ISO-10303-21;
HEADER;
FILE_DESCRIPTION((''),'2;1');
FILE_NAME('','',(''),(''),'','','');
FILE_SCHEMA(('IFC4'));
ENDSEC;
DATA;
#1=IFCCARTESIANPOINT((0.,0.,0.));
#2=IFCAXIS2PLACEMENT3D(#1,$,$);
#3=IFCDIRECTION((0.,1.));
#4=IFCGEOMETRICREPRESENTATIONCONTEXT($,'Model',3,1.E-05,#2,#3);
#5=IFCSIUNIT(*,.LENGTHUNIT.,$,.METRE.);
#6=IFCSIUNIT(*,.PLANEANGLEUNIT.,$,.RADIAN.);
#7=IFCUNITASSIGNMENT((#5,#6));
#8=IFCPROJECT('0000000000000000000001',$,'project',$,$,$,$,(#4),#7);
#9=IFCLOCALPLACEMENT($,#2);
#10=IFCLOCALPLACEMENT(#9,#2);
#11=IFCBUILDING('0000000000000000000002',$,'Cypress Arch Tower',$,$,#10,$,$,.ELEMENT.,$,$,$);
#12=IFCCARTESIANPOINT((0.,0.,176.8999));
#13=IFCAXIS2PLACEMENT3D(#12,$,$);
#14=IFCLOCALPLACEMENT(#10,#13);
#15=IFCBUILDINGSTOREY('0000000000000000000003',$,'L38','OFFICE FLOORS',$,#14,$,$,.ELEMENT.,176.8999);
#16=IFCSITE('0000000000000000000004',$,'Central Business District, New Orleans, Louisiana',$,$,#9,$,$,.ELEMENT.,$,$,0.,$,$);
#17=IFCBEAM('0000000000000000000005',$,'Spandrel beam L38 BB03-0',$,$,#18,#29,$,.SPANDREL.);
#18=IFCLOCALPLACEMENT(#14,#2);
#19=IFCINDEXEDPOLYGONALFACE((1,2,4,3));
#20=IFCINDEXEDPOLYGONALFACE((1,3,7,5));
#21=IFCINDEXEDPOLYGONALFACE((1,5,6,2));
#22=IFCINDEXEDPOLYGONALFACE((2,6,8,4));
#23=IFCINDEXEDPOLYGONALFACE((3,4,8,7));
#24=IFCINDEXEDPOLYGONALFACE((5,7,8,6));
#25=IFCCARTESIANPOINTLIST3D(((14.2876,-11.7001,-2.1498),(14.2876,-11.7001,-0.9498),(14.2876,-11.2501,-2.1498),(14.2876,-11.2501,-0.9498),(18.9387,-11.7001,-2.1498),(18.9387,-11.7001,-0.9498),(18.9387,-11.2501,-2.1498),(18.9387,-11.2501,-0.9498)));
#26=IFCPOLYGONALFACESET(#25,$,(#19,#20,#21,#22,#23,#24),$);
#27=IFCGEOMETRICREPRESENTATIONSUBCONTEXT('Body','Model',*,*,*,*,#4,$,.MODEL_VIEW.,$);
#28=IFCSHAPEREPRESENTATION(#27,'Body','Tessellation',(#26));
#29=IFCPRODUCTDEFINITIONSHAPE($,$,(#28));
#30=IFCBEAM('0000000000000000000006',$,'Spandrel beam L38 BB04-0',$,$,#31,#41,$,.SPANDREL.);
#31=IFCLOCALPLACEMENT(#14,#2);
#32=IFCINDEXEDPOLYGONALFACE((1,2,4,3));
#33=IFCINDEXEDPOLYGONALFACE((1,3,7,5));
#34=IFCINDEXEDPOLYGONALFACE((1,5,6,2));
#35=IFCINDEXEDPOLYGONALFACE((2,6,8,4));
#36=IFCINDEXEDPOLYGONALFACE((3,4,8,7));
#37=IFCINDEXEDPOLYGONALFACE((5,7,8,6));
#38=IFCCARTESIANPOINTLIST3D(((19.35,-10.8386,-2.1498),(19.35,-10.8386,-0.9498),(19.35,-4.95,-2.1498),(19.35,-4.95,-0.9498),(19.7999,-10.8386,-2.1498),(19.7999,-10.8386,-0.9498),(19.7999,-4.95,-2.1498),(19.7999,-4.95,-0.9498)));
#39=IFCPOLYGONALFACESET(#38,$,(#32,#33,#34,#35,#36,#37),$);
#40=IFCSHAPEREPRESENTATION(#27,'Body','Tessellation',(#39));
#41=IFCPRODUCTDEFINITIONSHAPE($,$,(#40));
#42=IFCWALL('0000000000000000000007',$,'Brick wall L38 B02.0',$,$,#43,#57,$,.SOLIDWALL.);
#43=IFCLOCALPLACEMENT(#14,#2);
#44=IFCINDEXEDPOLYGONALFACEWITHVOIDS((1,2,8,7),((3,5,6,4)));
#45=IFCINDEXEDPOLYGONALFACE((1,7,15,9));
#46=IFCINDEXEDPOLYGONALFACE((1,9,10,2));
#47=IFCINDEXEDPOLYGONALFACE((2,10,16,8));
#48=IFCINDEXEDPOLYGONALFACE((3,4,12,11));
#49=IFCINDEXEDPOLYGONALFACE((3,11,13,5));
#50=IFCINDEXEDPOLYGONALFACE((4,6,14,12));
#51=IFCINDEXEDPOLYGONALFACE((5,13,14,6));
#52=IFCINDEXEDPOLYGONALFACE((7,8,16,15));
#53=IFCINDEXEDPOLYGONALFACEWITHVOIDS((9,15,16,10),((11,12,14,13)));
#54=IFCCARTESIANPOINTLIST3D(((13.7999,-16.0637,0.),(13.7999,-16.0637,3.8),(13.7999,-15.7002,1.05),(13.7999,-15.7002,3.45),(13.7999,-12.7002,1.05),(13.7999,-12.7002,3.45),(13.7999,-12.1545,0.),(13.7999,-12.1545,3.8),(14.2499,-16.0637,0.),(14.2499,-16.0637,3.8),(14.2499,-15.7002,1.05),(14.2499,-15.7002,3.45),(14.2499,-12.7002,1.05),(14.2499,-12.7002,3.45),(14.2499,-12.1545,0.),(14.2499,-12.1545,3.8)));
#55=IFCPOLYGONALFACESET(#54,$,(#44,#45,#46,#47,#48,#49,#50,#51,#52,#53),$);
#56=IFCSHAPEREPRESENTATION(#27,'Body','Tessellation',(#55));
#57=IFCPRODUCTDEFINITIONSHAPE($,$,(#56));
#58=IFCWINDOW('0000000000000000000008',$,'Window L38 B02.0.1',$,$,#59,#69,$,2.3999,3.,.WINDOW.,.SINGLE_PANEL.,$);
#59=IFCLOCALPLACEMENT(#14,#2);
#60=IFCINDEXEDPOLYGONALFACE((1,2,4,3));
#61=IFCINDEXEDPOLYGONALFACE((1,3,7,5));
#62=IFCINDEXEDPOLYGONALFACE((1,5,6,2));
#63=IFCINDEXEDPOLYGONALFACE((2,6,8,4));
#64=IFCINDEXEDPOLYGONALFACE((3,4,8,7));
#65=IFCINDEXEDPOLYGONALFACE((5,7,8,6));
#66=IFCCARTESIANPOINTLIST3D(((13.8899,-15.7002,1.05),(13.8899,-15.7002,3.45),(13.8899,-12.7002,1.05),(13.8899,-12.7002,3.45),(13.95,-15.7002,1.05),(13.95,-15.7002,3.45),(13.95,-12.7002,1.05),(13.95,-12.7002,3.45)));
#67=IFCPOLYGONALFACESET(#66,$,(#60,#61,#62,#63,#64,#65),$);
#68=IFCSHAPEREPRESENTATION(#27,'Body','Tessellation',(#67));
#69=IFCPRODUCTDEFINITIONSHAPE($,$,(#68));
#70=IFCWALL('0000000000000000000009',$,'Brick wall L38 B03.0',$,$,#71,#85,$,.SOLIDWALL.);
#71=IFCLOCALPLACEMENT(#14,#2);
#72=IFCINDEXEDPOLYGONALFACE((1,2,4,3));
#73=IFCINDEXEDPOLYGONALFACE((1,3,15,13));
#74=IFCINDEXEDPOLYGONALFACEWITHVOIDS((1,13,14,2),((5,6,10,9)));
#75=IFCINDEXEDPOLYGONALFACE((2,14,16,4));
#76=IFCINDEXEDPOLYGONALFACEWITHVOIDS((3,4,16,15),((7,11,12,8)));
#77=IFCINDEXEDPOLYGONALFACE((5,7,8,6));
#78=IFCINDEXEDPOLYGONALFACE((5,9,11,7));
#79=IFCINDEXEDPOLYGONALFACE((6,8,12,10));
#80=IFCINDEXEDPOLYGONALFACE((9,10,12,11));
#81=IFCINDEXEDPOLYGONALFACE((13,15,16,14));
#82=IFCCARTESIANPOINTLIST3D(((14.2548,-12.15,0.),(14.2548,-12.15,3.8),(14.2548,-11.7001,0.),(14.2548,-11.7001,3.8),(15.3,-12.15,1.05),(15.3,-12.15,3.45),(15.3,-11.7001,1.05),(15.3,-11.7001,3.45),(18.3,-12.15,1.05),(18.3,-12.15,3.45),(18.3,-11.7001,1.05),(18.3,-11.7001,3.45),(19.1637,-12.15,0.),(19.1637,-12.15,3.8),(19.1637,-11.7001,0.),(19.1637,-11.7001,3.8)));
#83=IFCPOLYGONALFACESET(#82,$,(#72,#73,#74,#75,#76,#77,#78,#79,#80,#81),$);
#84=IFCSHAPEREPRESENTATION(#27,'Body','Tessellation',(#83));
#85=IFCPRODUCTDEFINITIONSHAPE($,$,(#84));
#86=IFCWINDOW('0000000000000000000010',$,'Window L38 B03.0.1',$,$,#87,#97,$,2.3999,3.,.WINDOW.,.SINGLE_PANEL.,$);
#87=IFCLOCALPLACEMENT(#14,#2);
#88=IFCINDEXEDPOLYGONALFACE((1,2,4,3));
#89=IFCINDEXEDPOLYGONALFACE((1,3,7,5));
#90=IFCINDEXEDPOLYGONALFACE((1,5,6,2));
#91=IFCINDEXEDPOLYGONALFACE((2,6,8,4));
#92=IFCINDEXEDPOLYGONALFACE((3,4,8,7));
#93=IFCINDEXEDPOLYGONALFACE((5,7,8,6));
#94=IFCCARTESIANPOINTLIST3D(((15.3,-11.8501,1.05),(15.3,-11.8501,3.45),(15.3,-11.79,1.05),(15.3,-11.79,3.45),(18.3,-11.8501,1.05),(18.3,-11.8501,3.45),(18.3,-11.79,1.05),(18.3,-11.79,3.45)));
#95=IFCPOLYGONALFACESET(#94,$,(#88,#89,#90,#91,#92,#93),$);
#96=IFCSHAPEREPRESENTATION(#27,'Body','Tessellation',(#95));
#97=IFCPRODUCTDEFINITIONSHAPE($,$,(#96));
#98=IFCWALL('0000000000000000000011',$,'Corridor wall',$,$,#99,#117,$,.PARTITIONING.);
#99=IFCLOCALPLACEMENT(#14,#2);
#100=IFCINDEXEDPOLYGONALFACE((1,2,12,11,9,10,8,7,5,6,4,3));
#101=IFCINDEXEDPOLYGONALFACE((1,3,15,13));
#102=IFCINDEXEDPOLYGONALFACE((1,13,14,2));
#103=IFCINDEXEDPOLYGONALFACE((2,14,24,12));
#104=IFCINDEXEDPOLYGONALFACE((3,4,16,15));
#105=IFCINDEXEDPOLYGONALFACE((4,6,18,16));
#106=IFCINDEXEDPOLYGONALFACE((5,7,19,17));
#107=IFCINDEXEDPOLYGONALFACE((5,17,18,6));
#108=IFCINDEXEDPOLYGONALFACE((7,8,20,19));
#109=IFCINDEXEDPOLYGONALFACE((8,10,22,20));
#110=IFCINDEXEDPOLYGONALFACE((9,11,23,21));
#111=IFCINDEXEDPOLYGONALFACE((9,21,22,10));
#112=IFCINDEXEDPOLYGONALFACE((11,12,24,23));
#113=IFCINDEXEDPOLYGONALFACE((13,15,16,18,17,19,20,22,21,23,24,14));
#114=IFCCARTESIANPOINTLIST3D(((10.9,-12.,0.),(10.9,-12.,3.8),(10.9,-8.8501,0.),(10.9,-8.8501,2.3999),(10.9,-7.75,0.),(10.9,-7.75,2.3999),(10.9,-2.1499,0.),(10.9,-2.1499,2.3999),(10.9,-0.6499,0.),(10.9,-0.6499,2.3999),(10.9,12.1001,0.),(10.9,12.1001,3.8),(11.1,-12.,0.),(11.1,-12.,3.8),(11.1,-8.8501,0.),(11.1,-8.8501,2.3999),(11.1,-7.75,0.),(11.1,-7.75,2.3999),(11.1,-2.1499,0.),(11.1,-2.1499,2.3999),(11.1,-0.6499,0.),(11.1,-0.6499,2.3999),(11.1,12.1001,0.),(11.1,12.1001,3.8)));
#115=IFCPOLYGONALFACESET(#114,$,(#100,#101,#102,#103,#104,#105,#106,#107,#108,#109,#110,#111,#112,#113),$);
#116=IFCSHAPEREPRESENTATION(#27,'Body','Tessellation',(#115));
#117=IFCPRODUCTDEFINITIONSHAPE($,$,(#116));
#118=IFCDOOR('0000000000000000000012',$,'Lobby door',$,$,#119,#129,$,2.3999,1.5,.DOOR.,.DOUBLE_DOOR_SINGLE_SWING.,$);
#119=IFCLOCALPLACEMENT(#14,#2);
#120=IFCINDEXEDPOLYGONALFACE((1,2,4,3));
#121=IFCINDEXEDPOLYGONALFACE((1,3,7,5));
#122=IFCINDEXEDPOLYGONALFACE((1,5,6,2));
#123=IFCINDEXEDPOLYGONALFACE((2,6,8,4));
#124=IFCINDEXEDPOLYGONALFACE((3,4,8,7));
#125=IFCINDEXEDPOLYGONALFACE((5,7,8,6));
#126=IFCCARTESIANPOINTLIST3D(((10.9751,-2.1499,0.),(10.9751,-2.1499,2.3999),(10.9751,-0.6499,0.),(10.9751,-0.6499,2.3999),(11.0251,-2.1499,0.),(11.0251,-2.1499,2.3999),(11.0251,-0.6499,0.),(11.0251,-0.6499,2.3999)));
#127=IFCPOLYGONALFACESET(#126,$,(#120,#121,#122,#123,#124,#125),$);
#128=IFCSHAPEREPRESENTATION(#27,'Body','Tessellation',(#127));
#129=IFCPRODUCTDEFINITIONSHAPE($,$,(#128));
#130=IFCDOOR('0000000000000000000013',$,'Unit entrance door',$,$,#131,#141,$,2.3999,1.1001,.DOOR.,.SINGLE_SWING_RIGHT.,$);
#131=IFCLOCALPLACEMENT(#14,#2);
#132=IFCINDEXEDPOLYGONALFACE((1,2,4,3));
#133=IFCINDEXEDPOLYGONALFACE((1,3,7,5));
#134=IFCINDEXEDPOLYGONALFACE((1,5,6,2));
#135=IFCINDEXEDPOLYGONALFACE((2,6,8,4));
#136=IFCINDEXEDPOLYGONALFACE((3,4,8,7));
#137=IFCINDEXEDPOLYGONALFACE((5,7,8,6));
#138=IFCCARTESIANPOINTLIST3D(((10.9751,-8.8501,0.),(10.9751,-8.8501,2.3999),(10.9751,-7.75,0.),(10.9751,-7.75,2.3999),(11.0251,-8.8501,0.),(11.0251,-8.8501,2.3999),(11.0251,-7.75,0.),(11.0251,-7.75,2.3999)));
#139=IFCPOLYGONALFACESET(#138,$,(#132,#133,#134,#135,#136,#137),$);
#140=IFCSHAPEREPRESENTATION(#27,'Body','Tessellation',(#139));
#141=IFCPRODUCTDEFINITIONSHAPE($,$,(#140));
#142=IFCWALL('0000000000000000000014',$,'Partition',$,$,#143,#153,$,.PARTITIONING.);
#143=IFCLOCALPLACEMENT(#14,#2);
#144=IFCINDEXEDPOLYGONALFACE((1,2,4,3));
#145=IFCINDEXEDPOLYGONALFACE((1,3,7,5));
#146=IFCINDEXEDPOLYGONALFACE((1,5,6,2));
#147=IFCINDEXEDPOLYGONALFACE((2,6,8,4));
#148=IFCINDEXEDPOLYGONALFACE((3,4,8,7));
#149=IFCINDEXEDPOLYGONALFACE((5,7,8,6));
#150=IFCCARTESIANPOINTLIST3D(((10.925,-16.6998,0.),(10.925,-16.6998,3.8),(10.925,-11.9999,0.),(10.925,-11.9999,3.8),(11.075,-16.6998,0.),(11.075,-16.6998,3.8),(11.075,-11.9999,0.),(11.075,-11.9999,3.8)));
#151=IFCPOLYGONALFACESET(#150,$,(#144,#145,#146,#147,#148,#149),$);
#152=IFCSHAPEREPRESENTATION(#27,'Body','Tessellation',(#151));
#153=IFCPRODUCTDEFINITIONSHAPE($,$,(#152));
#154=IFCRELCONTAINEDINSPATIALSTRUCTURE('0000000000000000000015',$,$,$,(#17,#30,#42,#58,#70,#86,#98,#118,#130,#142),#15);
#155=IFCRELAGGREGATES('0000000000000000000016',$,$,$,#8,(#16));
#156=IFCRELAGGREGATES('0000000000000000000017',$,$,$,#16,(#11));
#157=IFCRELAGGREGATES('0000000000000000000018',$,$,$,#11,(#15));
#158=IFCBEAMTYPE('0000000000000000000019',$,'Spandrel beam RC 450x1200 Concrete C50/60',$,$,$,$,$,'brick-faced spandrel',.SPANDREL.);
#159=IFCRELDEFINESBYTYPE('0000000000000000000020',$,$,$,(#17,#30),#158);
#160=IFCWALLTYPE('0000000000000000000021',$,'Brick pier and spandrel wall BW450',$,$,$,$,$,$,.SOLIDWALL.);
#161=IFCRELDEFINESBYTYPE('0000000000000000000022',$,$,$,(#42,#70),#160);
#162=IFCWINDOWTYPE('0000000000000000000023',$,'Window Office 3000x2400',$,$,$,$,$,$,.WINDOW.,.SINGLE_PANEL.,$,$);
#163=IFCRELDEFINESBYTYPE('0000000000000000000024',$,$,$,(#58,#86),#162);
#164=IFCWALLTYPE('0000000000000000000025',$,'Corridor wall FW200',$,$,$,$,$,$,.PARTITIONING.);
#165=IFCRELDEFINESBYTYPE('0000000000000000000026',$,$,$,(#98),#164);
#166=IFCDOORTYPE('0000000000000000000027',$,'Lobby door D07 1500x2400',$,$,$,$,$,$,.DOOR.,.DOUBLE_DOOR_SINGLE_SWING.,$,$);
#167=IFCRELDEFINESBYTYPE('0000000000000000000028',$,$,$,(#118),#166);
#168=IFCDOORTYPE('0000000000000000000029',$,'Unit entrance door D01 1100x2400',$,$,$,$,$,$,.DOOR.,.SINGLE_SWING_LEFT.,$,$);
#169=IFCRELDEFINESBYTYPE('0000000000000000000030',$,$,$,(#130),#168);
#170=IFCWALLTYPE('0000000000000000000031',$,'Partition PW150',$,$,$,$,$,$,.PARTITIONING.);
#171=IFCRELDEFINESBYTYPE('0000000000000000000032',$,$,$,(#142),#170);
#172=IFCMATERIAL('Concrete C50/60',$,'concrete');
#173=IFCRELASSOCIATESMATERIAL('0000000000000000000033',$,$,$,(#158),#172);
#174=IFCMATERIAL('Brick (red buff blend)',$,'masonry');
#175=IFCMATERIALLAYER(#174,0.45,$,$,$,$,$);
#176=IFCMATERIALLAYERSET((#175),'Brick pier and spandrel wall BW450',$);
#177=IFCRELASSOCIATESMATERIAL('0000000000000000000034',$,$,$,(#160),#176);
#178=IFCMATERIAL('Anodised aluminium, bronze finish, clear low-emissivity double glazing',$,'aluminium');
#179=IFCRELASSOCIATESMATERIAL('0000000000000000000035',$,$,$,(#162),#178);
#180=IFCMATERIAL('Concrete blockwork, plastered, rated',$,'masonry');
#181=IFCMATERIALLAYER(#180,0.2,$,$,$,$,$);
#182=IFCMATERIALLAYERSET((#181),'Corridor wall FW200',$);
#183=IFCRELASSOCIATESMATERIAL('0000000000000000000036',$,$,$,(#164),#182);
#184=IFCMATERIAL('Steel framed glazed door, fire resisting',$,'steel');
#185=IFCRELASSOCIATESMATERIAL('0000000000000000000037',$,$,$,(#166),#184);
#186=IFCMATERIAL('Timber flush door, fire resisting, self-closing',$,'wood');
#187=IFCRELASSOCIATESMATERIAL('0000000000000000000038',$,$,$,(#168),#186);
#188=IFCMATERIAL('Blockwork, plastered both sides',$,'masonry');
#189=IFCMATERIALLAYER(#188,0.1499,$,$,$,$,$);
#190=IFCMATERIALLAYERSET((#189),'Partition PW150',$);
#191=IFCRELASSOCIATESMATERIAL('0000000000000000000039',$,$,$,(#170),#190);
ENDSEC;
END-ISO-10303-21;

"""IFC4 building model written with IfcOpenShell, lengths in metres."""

from ifc_helpers import new_model, si_unit, direction, frame, frame_2d, origin, origin_2d, place, context, subcontext, project, spatial, rectangle, extrude, material, layer, layer_set, material_profile, profile_set, type_object, element, fill, save


model = new_model("IFC4")

# Units and contexts
model_context = context("Model", 3, precision=1e-05, world=origin(), true_north=direction((0.0, 1.0)))
body_context = subcontext(model_context, "Body", "Model", "MODEL_VIEW")
ifc_project = project(units=[si_unit("LENGTHUNIT", "METRE"), si_unit("PLANEANGLEUNIT", "RADIAN")], contexts=[model_context])

# Site, building, storey
site_placement = place(None, origin())
site = spatial("IfcSite", under=ifc_project, at=site_placement, Name="Central Business District, New Orleans, Louisiana", CompositionType="ELEMENT", RefElevation=0.0)
building_placement = place(site_placement, origin())
building = spatial("IfcBuilding", under=site, at=building_placement, Name="Cypress Arch Tower", CompositionType="ELEMENT")
storey_placement = place(building_placement, frame((0.0, 0.0, 176.8999)))
storey = spatial("IfcBuildingStorey", under=building, at=storey_placement, Name="L38", Description="OFFICE FLOORS", CompositionType="ELEMENT", Elevation=176.8999)

# Beams
ifc_material_1 = material(Name="Concrete C50/60", Category="concrete")
ifc_material_profile_1 = material_profile(ifc_material_1, rectangle(XDim=0.45, YDim=1.2, at=origin_2d()), Name="RC 450x1200")
ifc_profile_set_1 = profile_set([ifc_material_profile_1], Name="Concrete C50/60")
beam_type_1 = type_object("IfcBeamType", Name="Spandrel beam RC 450x1200 Concrete C50/60", ElementType="brick-faced spandrel", PredefinedType="SPANDREL", material=ifc_profile_set_1)
beam_1_placement = place(storey_placement, frame((14.2876, -11.4751, -1.5498), z_axis=(1.0, 0.0, 0.0), x_axis=(0.0, 1.0, 0.0)))
element("IfcBeam", 1, at=beam_1_placement, inside=storey, type_object=beam_type_1, Name="Spandrel beam L38 BB03-0", PredefinedType="SPANDREL", context=body_context, shape_type="SweptSolid", body=[
    extrude(rectangle(XDim=0.45, YDim=1.2, at=origin_2d()), origin(), (0.0, 0.0, 1.0), 4.6511),
])
beam_2_placement = place(storey_placement, frame((19.575, -10.8386, -1.5498), z_axis=(0.0, 1.0, 0.0), x_axis=(-1.0, 0.0, 0.0)))
element("IfcBeam", 2, at=beam_2_placement, inside=storey, type_object=beam_type_1, Name="Spandrel beam L38 BB04-0", PredefinedType="SPANDREL", context=body_context, shape_type="SweptSolid", body=[
    extrude(rectangle(XDim=0.45, YDim=1.2, at=origin_2d()), origin(), (0.0, 0.0, 1.0), 5.8887),
])

# Walls, openings, windows
ifc_material_2 = material(Name="Brick (red buff blend)", Category="masonry")
ifc_layer_1 = layer(ifc_material_2, 0.45)
ifc_layer_set_1 = layer_set([ifc_layer_1], Name="Brick pier and spandrel wall BW450")
wall_type_1 = type_object("IfcWallType", Name="Brick pier and spandrel wall BW450", PredefinedType="SOLIDWALL", material=ifc_layer_set_1)
wall_1_placement = place(storey_placement, frame((14.0249, -16.0637, 0.0), z_axis=(0.0, 0.0, 1.0), x_axis=(0.0, 1.0, 0.0)))
wall_1 = element("IfcWall", 3, at=wall_1_placement, inside=storey, type_object=wall_type_1, Name="Brick wall L38 B02.0", PredefinedType="SOLIDWALL", context=body_context, shape_type="SweptSolid", body=[
    extrude(rectangle(XDim=3.9092, YDim=0.45, at=frame_2d((1.9546, 0.0))), origin(), (0.0, 0.0, 1.0), 3.8),
])
opening_1_placement = place(wall_1_placement, frame((0.3635, 0.0, 1.05)))
opening_1 = element("IfcOpeningElement", 4, at=opening_1_placement, cuts=wall_1, PredefinedType="OPENING", context=body_context, shape_type="SweptSolid", body=[
    extrude(rectangle(XDim=3.0, YDim=2.3999, at=frame_2d((1.5, 1.2))), frame((0.0, 0.2349, 0.0), z_axis=(0.0, -1.0, 0.0), x_axis=(1.0, 0.0, 0.0)), (0.0, 0.0, 1.0), 0.47),
])
ifc_material_3 = material(Name="Anodised aluminium, bronze finish, clear low-emissivity double glazing", Category="aluminium")
window_type = type_object("IfcWindowType", Name="Window Office 3000x2400", PartitioningType="SINGLE_PANEL", PredefinedType="WINDOW", material=ifc_material_3)
window_1_placement = place(opening_1_placement, origin())
window_1 = element("IfcWindow", 5, at=window_1_placement, inside=storey, type_object=window_type, Name="Window L38 B02.0.1", OverallHeight=2.3999, OverallWidth=3.0, PartitioningType="SINGLE_PANEL", PredefinedType="WINDOW", context=body_context, shape_type="SweptSolid", body=[
    extrude(rectangle(XDim=3.0, YDim=2.3999, at=frame_2d((1.5, 1.2))), frame((0.0, 0.135, 0.0), z_axis=(0.0, -1.0, 0.0), x_axis=(1.0, 0.0, 0.0)), (0.0, 0.0, 1.0), 0.0601),
])
fill(opening_1, window_1)
wall_2_placement = place(storey_placement, frame((14.2546, -11.925, 0.0), z_axis=(0.0, 0.0, 1.0), x_axis=(1.0, 0.0, 0.0)))
wall_2 = element("IfcWall", 6, at=wall_2_placement, inside=storey, type_object=wall_type_1, Name="Brick wall L38 B03.0", PredefinedType="SOLIDWALL", context=body_context, shape_type="SweptSolid", body=[
    extrude(rectangle(XDim=4.9089, YDim=0.45, at=frame_2d((2.4546, 0.0))), origin(), (0.0, 0.0, 1.0), 3.8),
])
opening_2_placement = place(wall_2_placement, frame((1.0454, 0.0, 1.05)))
opening_2 = element("IfcOpeningElement", 7, at=opening_2_placement, cuts=wall_2, PredefinedType="OPENING", context=body_context, shape_type="SweptSolid", body=[
    extrude(rectangle(XDim=3.0, YDim=2.3999, at=frame_2d((1.5, 1.2))), frame((0.0, 0.2349, 0.0), z_axis=(0.0, -1.0, 0.0), x_axis=(1.0, 0.0, 0.0)), (0.0, 0.0, 1.0), 0.47),
])
window_2_placement = place(opening_2_placement, origin())
window_2 = element("IfcWindow", 8, at=window_2_placement, inside=storey, type_object=window_type, Name="Window L38 B03.0.1", OverallHeight=2.3999, OverallWidth=3.0, PartitioningType="SINGLE_PANEL", PredefinedType="WINDOW", context=body_context, shape_type="SweptSolid", body=[
    extrude(rectangle(XDim=3.0, YDim=2.3999, at=frame_2d((1.5, 1.2))), frame((0.0, 0.135, 0.0), z_axis=(0.0, -1.0, 0.0), x_axis=(1.0, 0.0, 0.0)), (0.0, 0.0, 1.0), 0.0601),
])
fill(opening_2, window_2)

# Wall, openings, doors
ifc_material_4 = material(Name="Concrete blockwork, plastered, rated", Category="masonry")
ifc_layer_2 = layer(ifc_material_4, 0.2)
ifc_layer_set_2 = layer_set([ifc_layer_2], Name="Corridor wall FW200")
wall_type_2 = type_object("IfcWallType", Name="Corridor wall FW200", PredefinedType="PARTITIONING", material=ifc_layer_set_2)
wall_3_placement = place(storey_placement, frame((11.0, -12.0, 0.0), z_axis=(0.0, 0.0, 1.0), x_axis=(0.0, 1.0, 0.0)))
wall_3 = element("IfcWall", 9, at=wall_3_placement, inside=storey, type_object=wall_type_2, Name="Corridor wall", PredefinedType="PARTITIONING", context=body_context, shape_type="SweptSolid", body=[
    extrude(rectangle(XDim=24.1001, YDim=0.2, at=frame_2d((12.05, 0.0))), origin(), (0.0, 0.0, 1.0), 3.8),
])
opening_3_placement = place(wall_3_placement, frame((9.8501, 0.0, 0.0)))
opening_3 = element("IfcOpeningElement", 10, at=opening_3_placement, cuts=wall_3, PredefinedType="OPENING", context=body_context, shape_type="SweptSolid", body=[
    extrude(rectangle(XDim=1.5, YDim=2.3999, at=frame_2d((0.75, 1.2))), frame((0.0, 0.1099, 0.0), z_axis=(0.0, -1.0, 0.0), x_axis=(1.0, 0.0, 0.0)), (0.0, 0.0, 1.0), 0.22),
])
opening_4_placement = place(wall_3_placement, frame((3.1499, 0.0, 0.0)))
opening_4 = element("IfcOpeningElement", 11, at=opening_4_placement, cuts=wall_3, PredefinedType="OPENING", context=body_context, shape_type="SweptSolid", body=[
    extrude(rectangle(XDim=1.1001, YDim=2.3999, at=frame_2d((0.55, 1.2))), frame((0.0, 0.1099, 0.0), z_axis=(0.0, -1.0, 0.0), x_axis=(1.0, 0.0, 0.0)), (0.0, 0.0, 1.0), 0.22),
])
ifc_material_5 = material(Name="Steel framed glazed door, fire resisting", Category="steel")
door_type_1 = type_object("IfcDoorType", Name="Lobby door D07 1500x2400", OperationType="DOUBLE_DOOR_SINGLE_SWING", PredefinedType="DOOR", material=ifc_material_5)
door_1_placement = place(opening_3_placement, origin())
door_1 = element("IfcDoor", 12, at=door_1_placement, inside=storey, type_object=door_type_1, Name="Lobby door", OperationType="DOUBLE_DOOR_SINGLE_SWING", OverallHeight=2.3999, OverallWidth=1.5, PredefinedType="DOOR", context=body_context, shape_type="SweptSolid", body=[
    extrude(rectangle(XDim=1.5, YDim=2.3999, at=frame_2d((0.75, 1.2))), frame((0.0, 0.0249, 0.0), z_axis=(0.0, -1.0, 0.0), x_axis=(1.0, 0.0, 0.0)), (0.0, 0.0, 1.0), 0.05),
])
fill(opening_3, door_1)
ifc_material_6 = material(Name="Timber flush door, fire resisting, self-closing", Category="wood")
door_type_2 = type_object("IfcDoorType", Name="Unit entrance door D01 1100x2400", OperationType="SINGLE_SWING_LEFT", PredefinedType="DOOR", material=ifc_material_6)
door_2_placement = place(opening_4_placement, origin())
door_2 = element("IfcDoor", 13, at=door_2_placement, inside=storey, type_object=door_type_2, Name="Unit entrance door", OperationType="SINGLE_SWING_RIGHT", OverallHeight=2.3999, OverallWidth=1.1001, PredefinedType="DOOR", context=body_context, shape_type="SweptSolid", body=[
    extrude(rectangle(XDim=1.1001, YDim=2.3999, at=frame_2d((0.55, 1.2))), frame((0.0, 0.0249, 0.0), z_axis=(0.0, -1.0, 0.0), x_axis=(1.0, 0.0, 0.0)), (0.0, 0.0, 1.0), 0.05),
])
fill(opening_4, door_2)

# Wall
ifc_material_7 = material(Name="Blockwork, plastered both sides", Category="masonry")
ifc_layer_3 = layer(ifc_material_7, 0.1499)
ifc_layer_set_3 = layer_set([ifc_layer_3], Name="Partition PW150")
wall_type_3 = type_object("IfcWallType", Name="Partition PW150", PredefinedType="PARTITIONING", material=ifc_layer_set_3)
wall_4_placement = place(storey_placement, frame((11.0, -16.7, 0.0), z_axis=(0.0, 0.0, 1.0), x_axis=(0.0, 1.0, 0.0)))
element("IfcWall", 14, at=wall_4_placement, inside=storey, type_object=wall_type_3, Name="Partition", PredefinedType="PARTITIONING", context=body_context, shape_type="SweptSolid", body=[
    extrude(rectangle(XDim=4.7, YDim=0.1499, at=frame_2d((2.3501, 0.0))), origin(), (0.0, 0.0, 1.0), 3.8),
])

save(model, "model.ifc")
